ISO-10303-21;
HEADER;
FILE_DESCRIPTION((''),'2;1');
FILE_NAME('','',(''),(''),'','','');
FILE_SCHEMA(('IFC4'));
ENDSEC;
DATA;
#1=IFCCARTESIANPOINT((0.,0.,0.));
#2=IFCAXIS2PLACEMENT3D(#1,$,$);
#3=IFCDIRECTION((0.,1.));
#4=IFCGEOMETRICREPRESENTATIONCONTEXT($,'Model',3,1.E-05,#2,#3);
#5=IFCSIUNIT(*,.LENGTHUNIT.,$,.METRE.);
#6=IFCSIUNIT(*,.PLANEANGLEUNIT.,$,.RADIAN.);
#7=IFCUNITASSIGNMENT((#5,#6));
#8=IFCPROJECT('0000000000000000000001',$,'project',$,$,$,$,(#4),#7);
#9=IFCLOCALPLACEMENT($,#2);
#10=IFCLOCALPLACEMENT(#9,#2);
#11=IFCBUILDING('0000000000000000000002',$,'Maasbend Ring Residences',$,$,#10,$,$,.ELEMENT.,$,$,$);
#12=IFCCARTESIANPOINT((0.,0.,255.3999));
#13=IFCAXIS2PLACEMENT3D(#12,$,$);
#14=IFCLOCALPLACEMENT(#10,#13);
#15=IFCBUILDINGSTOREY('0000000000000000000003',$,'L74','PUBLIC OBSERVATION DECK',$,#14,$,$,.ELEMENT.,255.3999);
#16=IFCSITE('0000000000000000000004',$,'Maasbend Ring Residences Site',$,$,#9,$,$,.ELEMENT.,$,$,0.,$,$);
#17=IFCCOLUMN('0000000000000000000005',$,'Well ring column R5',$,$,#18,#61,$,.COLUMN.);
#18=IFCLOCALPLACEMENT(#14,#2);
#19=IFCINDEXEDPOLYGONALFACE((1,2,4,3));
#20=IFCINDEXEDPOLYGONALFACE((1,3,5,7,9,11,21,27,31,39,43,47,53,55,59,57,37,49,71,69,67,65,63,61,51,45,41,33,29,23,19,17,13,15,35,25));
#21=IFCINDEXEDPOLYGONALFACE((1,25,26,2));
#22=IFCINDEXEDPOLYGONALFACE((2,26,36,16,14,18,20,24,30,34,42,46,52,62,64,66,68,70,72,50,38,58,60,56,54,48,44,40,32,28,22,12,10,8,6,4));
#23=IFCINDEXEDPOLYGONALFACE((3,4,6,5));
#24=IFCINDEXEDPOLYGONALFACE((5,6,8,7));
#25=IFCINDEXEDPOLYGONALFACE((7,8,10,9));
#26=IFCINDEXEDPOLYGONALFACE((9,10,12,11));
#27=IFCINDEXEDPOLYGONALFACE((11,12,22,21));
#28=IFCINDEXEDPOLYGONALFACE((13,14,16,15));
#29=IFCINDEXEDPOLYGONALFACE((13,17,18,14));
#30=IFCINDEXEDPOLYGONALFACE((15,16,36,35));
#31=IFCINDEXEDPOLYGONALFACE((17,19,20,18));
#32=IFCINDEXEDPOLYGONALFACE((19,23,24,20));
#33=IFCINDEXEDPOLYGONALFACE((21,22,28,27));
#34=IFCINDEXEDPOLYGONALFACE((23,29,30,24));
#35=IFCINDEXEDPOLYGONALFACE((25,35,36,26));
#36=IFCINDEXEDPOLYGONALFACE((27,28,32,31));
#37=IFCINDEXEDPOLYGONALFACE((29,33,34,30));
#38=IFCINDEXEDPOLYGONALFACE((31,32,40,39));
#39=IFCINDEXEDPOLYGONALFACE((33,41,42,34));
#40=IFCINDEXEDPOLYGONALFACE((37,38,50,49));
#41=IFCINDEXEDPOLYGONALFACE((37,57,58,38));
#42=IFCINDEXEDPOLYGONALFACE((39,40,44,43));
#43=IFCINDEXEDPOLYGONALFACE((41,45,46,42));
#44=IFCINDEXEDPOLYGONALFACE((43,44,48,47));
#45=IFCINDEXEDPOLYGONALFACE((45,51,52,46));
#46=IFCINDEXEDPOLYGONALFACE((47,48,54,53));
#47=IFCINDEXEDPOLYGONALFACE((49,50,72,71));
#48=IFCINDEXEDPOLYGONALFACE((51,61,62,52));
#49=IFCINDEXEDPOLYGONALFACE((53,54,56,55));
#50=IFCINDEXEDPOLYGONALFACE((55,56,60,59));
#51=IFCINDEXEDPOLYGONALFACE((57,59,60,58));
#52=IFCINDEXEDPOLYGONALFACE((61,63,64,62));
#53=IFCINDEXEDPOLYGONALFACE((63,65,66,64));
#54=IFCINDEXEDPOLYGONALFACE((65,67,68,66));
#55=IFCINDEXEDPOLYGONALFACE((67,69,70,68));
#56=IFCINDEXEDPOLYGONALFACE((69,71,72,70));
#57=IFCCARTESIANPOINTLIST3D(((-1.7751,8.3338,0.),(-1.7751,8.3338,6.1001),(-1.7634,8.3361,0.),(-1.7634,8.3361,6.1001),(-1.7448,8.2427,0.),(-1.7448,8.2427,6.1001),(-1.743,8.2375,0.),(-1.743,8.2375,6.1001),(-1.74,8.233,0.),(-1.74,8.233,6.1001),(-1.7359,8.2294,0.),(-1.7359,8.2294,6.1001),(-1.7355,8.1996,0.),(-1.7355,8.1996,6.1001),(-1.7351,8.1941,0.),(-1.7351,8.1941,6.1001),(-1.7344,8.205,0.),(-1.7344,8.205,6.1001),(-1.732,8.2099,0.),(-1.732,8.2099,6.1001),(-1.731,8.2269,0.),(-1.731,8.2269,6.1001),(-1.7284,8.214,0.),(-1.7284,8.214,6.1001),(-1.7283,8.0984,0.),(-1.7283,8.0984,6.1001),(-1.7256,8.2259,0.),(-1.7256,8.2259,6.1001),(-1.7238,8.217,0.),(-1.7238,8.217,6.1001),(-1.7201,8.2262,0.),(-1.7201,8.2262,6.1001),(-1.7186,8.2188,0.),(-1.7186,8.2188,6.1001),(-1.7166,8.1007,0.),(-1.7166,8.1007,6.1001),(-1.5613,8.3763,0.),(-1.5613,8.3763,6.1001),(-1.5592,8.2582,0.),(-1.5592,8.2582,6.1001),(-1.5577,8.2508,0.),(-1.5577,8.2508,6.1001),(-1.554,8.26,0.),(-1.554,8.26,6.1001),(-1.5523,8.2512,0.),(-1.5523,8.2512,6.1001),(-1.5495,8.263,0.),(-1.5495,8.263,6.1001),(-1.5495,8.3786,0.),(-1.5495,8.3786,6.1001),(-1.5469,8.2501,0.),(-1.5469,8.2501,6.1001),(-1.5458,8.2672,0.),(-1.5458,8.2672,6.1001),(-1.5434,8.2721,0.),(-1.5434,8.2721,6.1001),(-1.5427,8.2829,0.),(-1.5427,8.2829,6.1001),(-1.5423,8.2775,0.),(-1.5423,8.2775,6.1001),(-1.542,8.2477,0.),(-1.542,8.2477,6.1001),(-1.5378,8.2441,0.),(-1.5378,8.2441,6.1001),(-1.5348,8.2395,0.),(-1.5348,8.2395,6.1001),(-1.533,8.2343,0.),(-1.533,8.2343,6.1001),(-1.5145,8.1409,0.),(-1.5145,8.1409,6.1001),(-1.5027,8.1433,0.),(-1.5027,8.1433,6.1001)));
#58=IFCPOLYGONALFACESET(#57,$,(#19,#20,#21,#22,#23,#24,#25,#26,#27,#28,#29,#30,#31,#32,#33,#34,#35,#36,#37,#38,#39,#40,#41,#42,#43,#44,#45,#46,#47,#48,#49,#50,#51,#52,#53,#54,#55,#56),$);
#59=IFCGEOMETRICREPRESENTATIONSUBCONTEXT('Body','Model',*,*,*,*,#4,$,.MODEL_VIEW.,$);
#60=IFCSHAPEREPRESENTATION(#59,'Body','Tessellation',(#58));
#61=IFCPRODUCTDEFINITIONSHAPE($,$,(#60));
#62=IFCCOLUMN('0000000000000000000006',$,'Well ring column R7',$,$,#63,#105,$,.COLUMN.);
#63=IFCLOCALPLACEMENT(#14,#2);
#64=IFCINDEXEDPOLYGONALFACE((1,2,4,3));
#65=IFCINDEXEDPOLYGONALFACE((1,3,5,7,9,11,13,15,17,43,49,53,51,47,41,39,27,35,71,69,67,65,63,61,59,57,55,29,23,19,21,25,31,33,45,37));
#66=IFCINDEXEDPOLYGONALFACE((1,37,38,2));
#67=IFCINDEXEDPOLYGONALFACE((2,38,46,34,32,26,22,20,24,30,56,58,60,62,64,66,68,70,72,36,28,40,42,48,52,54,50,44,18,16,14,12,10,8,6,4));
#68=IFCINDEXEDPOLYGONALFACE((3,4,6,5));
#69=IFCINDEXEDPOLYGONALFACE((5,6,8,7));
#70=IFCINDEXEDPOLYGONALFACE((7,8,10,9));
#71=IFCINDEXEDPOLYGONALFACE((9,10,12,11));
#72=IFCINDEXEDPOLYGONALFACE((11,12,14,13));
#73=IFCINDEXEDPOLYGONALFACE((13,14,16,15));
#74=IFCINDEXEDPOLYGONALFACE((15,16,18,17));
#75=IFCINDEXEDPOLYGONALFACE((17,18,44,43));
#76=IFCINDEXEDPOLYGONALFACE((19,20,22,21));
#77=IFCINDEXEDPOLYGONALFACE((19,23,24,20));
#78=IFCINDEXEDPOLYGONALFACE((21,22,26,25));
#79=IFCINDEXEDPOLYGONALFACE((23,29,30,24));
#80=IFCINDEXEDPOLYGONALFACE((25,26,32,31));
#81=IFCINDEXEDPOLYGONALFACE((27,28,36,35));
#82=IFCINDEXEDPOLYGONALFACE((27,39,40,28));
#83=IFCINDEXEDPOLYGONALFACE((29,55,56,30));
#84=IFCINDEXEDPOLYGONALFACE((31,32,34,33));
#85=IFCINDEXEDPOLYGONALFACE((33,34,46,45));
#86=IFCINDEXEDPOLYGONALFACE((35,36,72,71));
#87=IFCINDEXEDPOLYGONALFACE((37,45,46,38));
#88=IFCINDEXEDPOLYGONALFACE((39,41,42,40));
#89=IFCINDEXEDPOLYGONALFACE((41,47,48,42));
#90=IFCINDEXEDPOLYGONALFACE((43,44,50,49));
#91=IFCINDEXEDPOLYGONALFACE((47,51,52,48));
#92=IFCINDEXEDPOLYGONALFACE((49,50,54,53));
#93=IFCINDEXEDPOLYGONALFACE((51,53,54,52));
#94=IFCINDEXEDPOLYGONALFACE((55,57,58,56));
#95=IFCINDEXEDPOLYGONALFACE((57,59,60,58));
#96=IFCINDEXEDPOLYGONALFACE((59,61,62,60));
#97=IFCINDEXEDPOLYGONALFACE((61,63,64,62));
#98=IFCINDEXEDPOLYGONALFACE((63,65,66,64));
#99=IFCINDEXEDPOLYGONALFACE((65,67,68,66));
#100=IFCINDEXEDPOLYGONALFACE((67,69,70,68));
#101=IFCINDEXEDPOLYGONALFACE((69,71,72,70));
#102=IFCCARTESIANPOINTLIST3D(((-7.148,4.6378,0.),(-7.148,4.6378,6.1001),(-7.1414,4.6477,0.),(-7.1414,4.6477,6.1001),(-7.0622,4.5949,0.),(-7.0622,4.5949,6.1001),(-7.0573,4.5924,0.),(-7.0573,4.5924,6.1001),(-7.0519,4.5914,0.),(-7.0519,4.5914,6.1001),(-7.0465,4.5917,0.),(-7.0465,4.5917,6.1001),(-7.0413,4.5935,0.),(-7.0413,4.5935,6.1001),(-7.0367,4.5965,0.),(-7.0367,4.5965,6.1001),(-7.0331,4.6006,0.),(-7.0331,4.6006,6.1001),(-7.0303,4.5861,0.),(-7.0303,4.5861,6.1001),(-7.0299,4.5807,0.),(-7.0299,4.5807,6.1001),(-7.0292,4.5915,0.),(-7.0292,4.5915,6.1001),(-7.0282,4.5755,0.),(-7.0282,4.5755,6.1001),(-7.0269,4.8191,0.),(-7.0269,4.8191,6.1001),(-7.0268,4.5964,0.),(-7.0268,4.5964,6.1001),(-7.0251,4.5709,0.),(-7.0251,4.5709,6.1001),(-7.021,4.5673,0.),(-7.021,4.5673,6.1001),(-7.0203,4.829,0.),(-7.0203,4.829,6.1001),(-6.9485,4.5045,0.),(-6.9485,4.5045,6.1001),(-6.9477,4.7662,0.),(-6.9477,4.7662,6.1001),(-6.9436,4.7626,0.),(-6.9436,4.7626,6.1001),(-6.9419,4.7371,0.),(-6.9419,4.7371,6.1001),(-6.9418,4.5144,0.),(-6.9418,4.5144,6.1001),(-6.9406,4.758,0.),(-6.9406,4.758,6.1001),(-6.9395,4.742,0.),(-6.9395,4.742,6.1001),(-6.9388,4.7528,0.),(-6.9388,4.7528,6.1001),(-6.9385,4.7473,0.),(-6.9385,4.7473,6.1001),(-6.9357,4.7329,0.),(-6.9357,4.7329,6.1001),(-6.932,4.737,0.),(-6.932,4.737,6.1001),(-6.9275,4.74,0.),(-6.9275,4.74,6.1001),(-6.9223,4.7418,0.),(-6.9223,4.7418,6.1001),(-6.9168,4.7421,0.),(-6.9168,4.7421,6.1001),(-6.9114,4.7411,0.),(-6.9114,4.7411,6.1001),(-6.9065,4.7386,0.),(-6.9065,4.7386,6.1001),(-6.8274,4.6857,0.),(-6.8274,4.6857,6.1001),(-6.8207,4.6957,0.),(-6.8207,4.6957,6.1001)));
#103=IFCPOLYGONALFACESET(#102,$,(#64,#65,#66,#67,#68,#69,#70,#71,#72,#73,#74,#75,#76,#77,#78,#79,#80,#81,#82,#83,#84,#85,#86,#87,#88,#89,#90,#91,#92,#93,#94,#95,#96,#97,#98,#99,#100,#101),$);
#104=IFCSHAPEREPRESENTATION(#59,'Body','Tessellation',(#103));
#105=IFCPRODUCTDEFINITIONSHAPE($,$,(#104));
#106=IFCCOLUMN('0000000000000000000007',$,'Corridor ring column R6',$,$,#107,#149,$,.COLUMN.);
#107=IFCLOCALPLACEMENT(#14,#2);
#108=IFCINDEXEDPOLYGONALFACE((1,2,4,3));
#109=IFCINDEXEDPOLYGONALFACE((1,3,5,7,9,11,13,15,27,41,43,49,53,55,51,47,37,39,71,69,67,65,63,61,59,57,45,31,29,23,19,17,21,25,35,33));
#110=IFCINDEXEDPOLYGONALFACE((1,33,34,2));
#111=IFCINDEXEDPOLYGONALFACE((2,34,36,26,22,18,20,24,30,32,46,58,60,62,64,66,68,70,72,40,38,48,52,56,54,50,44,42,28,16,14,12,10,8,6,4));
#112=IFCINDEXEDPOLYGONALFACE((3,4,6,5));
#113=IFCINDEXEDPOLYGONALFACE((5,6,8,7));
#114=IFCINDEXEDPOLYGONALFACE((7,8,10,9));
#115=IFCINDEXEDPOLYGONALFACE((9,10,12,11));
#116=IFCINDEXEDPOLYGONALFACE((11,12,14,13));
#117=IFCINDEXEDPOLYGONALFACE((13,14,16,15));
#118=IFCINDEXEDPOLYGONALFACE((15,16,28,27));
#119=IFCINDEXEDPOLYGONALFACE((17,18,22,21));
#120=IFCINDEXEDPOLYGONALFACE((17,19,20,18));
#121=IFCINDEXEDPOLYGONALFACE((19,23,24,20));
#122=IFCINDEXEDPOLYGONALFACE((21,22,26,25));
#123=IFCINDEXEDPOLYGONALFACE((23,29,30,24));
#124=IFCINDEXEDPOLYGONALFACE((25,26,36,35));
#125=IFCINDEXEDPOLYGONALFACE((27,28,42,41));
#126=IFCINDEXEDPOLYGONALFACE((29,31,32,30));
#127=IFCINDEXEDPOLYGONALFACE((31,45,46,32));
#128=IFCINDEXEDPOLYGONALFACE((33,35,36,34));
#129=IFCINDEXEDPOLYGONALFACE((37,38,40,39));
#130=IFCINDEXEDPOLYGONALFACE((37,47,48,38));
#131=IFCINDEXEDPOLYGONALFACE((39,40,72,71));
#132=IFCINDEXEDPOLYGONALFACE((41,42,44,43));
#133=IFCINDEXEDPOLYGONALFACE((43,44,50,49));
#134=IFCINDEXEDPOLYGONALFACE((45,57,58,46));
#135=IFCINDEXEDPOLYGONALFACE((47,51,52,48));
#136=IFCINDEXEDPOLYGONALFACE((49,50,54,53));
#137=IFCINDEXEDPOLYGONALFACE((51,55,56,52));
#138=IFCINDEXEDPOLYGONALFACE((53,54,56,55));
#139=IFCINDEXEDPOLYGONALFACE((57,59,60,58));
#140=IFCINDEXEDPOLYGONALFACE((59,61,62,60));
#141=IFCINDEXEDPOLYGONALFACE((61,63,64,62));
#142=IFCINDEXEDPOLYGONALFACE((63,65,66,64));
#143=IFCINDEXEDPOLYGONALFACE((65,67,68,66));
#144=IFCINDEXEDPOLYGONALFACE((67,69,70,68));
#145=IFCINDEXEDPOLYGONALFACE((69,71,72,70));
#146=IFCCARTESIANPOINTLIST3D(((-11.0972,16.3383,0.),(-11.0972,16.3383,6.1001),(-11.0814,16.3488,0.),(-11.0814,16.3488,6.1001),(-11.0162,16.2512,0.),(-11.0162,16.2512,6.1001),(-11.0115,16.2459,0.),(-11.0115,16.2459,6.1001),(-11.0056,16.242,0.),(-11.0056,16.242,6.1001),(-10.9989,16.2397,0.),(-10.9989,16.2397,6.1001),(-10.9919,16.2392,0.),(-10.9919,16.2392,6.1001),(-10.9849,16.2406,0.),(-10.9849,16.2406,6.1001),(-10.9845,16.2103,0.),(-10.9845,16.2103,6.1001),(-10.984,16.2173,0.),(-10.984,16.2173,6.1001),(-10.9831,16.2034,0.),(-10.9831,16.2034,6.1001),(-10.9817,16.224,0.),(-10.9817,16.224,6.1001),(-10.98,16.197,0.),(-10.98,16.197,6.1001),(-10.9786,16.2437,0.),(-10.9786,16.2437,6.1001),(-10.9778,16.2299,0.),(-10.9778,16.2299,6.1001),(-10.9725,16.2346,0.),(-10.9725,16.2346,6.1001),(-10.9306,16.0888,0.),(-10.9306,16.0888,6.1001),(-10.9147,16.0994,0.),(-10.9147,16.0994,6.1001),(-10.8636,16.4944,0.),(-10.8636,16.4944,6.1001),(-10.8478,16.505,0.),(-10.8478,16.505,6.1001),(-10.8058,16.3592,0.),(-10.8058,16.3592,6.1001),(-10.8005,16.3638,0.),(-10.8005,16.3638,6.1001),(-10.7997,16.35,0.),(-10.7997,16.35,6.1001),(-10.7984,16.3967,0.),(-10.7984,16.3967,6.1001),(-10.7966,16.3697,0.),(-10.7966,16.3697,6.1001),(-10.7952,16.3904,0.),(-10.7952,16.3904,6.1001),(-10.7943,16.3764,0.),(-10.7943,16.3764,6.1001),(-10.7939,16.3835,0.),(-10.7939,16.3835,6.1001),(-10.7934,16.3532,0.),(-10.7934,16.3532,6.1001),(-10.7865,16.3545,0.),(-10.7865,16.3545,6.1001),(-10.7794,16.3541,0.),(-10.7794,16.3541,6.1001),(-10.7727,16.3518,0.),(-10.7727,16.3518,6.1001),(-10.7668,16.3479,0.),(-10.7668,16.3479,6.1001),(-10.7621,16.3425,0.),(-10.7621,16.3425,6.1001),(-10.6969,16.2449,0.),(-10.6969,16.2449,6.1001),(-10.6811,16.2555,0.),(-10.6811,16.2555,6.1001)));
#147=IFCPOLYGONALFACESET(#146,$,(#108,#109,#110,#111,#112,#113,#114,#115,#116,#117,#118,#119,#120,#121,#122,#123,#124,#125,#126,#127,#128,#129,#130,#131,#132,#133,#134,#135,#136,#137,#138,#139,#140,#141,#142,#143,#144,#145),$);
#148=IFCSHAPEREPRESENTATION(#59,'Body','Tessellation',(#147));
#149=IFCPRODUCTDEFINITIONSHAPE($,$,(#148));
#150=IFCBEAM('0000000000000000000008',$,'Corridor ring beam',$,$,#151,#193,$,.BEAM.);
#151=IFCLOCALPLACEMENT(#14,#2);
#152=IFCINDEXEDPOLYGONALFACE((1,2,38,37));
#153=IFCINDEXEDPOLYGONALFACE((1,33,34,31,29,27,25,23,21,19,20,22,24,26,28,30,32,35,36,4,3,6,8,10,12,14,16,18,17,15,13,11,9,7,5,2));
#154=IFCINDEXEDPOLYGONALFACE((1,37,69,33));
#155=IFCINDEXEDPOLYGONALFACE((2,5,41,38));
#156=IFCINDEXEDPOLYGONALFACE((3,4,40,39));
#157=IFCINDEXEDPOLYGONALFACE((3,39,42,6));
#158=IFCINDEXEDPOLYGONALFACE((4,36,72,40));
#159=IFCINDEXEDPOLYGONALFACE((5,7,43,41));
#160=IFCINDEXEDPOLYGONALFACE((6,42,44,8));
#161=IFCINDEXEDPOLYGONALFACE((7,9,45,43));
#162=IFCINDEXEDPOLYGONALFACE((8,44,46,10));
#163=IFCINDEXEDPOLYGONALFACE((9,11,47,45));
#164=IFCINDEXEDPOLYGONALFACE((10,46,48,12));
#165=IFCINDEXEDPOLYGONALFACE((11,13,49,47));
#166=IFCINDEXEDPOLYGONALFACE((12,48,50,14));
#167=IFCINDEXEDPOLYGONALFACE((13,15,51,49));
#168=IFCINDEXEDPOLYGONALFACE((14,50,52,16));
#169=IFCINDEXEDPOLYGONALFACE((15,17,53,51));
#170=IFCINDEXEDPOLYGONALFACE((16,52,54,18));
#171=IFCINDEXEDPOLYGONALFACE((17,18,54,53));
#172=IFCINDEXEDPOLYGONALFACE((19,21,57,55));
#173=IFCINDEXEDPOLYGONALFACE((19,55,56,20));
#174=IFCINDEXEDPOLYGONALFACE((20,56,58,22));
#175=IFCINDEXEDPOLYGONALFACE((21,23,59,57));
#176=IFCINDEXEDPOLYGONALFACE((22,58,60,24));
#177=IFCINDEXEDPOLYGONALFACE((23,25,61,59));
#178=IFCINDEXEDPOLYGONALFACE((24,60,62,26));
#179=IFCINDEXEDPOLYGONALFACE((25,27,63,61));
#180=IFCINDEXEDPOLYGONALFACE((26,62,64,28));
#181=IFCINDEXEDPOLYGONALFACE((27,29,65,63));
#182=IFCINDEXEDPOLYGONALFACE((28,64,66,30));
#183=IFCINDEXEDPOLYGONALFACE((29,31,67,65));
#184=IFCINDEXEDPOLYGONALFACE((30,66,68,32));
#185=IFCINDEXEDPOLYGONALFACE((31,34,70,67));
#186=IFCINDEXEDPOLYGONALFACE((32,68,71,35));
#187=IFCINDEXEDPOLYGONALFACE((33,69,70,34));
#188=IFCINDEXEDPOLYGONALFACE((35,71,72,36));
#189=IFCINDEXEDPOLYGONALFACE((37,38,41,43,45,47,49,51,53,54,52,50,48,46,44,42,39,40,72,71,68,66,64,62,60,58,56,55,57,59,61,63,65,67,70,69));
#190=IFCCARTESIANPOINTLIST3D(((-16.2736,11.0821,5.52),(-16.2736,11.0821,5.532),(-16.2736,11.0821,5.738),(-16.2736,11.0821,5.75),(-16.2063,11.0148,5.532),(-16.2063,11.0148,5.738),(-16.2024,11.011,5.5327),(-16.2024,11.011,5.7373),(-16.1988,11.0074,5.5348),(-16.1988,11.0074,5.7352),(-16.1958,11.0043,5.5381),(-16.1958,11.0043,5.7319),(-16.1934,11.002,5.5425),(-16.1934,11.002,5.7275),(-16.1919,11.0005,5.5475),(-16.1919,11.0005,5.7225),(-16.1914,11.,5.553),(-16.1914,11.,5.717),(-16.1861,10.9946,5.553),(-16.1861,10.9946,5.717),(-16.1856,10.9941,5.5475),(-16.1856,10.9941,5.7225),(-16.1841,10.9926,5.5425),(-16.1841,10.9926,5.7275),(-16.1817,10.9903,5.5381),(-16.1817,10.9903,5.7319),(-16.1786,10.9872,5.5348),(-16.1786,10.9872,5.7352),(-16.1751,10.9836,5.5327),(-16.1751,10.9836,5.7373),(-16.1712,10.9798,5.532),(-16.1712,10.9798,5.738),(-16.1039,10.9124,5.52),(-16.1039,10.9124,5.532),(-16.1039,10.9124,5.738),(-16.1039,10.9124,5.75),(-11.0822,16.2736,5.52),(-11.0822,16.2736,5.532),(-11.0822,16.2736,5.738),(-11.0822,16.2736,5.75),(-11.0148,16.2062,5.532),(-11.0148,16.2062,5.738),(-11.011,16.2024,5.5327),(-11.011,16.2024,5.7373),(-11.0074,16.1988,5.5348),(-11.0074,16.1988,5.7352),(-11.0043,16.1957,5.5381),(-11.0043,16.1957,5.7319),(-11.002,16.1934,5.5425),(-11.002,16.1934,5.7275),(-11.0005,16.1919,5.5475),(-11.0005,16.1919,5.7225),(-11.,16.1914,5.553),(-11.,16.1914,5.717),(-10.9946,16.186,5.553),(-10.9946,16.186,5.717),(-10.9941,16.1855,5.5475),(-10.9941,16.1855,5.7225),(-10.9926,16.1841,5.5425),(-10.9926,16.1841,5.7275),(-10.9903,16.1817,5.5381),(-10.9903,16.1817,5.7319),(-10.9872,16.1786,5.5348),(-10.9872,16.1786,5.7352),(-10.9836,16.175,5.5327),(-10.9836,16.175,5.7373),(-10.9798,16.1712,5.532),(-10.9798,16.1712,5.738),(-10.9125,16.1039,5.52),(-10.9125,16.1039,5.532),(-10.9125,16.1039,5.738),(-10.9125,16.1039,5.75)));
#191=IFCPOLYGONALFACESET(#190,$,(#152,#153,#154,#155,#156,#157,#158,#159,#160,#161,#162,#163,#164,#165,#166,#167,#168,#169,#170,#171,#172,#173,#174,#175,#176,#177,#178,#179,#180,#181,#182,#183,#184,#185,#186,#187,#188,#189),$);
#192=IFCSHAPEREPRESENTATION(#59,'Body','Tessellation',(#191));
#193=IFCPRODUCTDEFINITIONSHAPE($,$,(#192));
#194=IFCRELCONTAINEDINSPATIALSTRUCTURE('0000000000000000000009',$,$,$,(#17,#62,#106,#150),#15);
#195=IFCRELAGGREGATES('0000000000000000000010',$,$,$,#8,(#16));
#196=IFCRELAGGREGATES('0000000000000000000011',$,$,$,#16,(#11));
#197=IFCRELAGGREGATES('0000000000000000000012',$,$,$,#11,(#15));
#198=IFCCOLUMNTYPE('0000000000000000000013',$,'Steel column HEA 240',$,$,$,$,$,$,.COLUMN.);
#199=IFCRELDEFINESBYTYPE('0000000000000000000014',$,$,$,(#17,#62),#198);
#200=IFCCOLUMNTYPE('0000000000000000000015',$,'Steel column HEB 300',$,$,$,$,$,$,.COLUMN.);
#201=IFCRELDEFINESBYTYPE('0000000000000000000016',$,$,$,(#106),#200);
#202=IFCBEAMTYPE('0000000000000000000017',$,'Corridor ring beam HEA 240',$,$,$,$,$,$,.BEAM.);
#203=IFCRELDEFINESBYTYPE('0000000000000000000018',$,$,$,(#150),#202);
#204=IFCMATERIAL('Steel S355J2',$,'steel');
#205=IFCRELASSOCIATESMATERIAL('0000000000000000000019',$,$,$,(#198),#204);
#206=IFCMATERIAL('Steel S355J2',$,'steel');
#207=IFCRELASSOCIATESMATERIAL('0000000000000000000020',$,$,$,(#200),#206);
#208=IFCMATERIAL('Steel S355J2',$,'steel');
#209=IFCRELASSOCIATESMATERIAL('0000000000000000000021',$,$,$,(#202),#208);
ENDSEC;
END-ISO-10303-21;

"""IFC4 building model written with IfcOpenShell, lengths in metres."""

from ifc_helpers import new_model, si_unit, direction, frame, origin, origin_2d, place, context, subcontext, project, spatial, i_section, extrude, material, material_profile, profile_set, type_object, element, save


model = new_model("IFC4")

# Units and contexts
model_context = context("Model", 3, precision=1e-05, world=origin(), true_north=direction((0.0, 1.0)))
body_context = subcontext(model_context, "Body", "Model", "MODEL_VIEW")
ifc_project = project(units=[si_unit("LENGTHUNIT", "METRE"), si_unit("PLANEANGLEUNIT", "RADIAN")], contexts=[model_context])

# Site, building, storey
site_placement = place(None, origin())
site = spatial("IfcSite", under=ifc_project, at=site_placement, Name="Maasbend Ring Residences Site", CompositionType="ELEMENT", RefElevation=0.0)
building_placement = place(site_placement, origin())
building = spatial("IfcBuilding", under=site, at=building_placement, Name="Maasbend Ring Residences", CompositionType="ELEMENT")
storey_placement = place(building_placement, frame((0.0, 0.0, 255.3999)))
storey = spatial("IfcBuildingStorey", under=building, at=storey_placement, Name="L74", Description="PUBLIC OBSERVATION DECK", CompositionType="ELEMENT", Elevation=255.3999)

# Columns
ifc_material_1 = material(Name="Steel S355J2", Category="steel")
ifc_material_profile_1 = material_profile(ifc_material_1, i_section(OverallWidth=0.24, OverallDepth=0.23, WebThickness=0.0076, FlangeThickness=0.012, FilletRadius=0.021, at=origin_2d()), Name="HEA 240")
ifc_profile_set_1 = profile_set([ifc_material_profile_1], Name="Steel S355J2")
column_type_1 = type_object("IfcColumnType", Name="Steel column HEA 240", PredefinedType="COLUMN", material=ifc_profile_set_1)
for number, where, z_axis, x_axis, name in (
    (1, (-1.6389, 8.2385, 0.0), (0.0, 0.0, 1.0), (-0.19509, 0.980785, 0.0), "Well ring column R5"),
    (2, (-6.9844, 4.6667, 0.0), (0.0, 0.0, 1.0), (-0.83147, 0.55557, 0.0), "Well ring column R7"),
):
    element("IfcColumn", number, at=place(storey_placement, frame(where, z_axis=z_axis, x_axis=x_axis)), inside=storey, type_object=column_type_1, Name=name, PredefinedType="COLUMN", context=body_context, shape_type="SweptSolid", body=[
        extrude(i_section(OverallWidth=0.24, OverallDepth=0.23, WebThickness=0.0076, FlangeThickness=0.012, FilletRadius=0.021, at=origin_2d()), origin(), (0.0, 0.0, 1.0), 6.1001),
    ])
ifc_material_2 = material(Name="Steel S355J2", Category="steel")
ifc_material_profile_2 = material_profile(ifc_material_2, i_section(OverallWidth=0.3, OverallDepth=0.3, WebThickness=0.011, FlangeThickness=0.019, FilletRadius=0.0271, at=origin_2d()), Name="HEB 300")
ifc_profile_set_2 = profile_set([ifc_material_profile_2], Name="Steel S355J2")
column_type_2 = type_object("IfcColumnType", Name="Steel column HEB 300", PredefinedType="COLUMN", material=ifc_profile_set_2)
column_placement = place(storey_placement, frame((-10.8892, 16.2969, 0.0), z_axis=(0.0, 0.0, 1.0), x_axis=(-0.55557, 0.83147, 0.0)))
element("IfcColumn", 3, at=column_placement, inside=storey, type_object=column_type_2, Name="Corridor ring column R6", PredefinedType="COLUMN", context=body_context, shape_type="SweptSolid", body=[
    extrude(i_section(OverallWidth=0.3, OverallDepth=0.3, WebThickness=0.011, FlangeThickness=0.019, FilletRadius=0.0271, at=origin_2d()), origin(), (0.0, 0.0, 1.0), 6.1001),
])

# Beam
ifc_material_3 = material(Name="Steel S355J2", Category="steel")
ifc_material_profile_3 = material_profile(ifc_material_3, i_section(OverallWidth=0.24, OverallDepth=0.23, WebThickness=0.0076, FlangeThickness=0.012, FilletRadius=0.021, at=origin_2d()), Name="HEA 240")
ifc_profile_set_3 = profile_set([ifc_material_profile_3], Name="Steel S355J2")
beam_type_1 = type_object("IfcBeamType", Name="Corridor ring beam HEA 240", PredefinedType="BEAM", material=ifc_profile_set_3)
beam_1_placement = place(storey_placement, frame((-10.9973, 16.1887, 5.635), z_axis=(-0.707107, -0.707107, 0.0), x_axis=(0.707107, -0.707107, 0.0)))
element("IfcBeam", 4, at=beam_1_placement, inside=storey, type_object=beam_type_1, Name="Corridor ring beam", PredefinedType="BEAM", context=body_context, shape_type="SweptSolid", body=[
    extrude(i_section(OverallWidth=0.24, OverallDepth=0.23, WebThickness=0.0076, FlangeThickness=0.012, FilletRadius=0.021, at=origin_2d()), origin(), (0.0, 0.0, 1.0), 7.3418),
])

save(model, "model.ifc")
